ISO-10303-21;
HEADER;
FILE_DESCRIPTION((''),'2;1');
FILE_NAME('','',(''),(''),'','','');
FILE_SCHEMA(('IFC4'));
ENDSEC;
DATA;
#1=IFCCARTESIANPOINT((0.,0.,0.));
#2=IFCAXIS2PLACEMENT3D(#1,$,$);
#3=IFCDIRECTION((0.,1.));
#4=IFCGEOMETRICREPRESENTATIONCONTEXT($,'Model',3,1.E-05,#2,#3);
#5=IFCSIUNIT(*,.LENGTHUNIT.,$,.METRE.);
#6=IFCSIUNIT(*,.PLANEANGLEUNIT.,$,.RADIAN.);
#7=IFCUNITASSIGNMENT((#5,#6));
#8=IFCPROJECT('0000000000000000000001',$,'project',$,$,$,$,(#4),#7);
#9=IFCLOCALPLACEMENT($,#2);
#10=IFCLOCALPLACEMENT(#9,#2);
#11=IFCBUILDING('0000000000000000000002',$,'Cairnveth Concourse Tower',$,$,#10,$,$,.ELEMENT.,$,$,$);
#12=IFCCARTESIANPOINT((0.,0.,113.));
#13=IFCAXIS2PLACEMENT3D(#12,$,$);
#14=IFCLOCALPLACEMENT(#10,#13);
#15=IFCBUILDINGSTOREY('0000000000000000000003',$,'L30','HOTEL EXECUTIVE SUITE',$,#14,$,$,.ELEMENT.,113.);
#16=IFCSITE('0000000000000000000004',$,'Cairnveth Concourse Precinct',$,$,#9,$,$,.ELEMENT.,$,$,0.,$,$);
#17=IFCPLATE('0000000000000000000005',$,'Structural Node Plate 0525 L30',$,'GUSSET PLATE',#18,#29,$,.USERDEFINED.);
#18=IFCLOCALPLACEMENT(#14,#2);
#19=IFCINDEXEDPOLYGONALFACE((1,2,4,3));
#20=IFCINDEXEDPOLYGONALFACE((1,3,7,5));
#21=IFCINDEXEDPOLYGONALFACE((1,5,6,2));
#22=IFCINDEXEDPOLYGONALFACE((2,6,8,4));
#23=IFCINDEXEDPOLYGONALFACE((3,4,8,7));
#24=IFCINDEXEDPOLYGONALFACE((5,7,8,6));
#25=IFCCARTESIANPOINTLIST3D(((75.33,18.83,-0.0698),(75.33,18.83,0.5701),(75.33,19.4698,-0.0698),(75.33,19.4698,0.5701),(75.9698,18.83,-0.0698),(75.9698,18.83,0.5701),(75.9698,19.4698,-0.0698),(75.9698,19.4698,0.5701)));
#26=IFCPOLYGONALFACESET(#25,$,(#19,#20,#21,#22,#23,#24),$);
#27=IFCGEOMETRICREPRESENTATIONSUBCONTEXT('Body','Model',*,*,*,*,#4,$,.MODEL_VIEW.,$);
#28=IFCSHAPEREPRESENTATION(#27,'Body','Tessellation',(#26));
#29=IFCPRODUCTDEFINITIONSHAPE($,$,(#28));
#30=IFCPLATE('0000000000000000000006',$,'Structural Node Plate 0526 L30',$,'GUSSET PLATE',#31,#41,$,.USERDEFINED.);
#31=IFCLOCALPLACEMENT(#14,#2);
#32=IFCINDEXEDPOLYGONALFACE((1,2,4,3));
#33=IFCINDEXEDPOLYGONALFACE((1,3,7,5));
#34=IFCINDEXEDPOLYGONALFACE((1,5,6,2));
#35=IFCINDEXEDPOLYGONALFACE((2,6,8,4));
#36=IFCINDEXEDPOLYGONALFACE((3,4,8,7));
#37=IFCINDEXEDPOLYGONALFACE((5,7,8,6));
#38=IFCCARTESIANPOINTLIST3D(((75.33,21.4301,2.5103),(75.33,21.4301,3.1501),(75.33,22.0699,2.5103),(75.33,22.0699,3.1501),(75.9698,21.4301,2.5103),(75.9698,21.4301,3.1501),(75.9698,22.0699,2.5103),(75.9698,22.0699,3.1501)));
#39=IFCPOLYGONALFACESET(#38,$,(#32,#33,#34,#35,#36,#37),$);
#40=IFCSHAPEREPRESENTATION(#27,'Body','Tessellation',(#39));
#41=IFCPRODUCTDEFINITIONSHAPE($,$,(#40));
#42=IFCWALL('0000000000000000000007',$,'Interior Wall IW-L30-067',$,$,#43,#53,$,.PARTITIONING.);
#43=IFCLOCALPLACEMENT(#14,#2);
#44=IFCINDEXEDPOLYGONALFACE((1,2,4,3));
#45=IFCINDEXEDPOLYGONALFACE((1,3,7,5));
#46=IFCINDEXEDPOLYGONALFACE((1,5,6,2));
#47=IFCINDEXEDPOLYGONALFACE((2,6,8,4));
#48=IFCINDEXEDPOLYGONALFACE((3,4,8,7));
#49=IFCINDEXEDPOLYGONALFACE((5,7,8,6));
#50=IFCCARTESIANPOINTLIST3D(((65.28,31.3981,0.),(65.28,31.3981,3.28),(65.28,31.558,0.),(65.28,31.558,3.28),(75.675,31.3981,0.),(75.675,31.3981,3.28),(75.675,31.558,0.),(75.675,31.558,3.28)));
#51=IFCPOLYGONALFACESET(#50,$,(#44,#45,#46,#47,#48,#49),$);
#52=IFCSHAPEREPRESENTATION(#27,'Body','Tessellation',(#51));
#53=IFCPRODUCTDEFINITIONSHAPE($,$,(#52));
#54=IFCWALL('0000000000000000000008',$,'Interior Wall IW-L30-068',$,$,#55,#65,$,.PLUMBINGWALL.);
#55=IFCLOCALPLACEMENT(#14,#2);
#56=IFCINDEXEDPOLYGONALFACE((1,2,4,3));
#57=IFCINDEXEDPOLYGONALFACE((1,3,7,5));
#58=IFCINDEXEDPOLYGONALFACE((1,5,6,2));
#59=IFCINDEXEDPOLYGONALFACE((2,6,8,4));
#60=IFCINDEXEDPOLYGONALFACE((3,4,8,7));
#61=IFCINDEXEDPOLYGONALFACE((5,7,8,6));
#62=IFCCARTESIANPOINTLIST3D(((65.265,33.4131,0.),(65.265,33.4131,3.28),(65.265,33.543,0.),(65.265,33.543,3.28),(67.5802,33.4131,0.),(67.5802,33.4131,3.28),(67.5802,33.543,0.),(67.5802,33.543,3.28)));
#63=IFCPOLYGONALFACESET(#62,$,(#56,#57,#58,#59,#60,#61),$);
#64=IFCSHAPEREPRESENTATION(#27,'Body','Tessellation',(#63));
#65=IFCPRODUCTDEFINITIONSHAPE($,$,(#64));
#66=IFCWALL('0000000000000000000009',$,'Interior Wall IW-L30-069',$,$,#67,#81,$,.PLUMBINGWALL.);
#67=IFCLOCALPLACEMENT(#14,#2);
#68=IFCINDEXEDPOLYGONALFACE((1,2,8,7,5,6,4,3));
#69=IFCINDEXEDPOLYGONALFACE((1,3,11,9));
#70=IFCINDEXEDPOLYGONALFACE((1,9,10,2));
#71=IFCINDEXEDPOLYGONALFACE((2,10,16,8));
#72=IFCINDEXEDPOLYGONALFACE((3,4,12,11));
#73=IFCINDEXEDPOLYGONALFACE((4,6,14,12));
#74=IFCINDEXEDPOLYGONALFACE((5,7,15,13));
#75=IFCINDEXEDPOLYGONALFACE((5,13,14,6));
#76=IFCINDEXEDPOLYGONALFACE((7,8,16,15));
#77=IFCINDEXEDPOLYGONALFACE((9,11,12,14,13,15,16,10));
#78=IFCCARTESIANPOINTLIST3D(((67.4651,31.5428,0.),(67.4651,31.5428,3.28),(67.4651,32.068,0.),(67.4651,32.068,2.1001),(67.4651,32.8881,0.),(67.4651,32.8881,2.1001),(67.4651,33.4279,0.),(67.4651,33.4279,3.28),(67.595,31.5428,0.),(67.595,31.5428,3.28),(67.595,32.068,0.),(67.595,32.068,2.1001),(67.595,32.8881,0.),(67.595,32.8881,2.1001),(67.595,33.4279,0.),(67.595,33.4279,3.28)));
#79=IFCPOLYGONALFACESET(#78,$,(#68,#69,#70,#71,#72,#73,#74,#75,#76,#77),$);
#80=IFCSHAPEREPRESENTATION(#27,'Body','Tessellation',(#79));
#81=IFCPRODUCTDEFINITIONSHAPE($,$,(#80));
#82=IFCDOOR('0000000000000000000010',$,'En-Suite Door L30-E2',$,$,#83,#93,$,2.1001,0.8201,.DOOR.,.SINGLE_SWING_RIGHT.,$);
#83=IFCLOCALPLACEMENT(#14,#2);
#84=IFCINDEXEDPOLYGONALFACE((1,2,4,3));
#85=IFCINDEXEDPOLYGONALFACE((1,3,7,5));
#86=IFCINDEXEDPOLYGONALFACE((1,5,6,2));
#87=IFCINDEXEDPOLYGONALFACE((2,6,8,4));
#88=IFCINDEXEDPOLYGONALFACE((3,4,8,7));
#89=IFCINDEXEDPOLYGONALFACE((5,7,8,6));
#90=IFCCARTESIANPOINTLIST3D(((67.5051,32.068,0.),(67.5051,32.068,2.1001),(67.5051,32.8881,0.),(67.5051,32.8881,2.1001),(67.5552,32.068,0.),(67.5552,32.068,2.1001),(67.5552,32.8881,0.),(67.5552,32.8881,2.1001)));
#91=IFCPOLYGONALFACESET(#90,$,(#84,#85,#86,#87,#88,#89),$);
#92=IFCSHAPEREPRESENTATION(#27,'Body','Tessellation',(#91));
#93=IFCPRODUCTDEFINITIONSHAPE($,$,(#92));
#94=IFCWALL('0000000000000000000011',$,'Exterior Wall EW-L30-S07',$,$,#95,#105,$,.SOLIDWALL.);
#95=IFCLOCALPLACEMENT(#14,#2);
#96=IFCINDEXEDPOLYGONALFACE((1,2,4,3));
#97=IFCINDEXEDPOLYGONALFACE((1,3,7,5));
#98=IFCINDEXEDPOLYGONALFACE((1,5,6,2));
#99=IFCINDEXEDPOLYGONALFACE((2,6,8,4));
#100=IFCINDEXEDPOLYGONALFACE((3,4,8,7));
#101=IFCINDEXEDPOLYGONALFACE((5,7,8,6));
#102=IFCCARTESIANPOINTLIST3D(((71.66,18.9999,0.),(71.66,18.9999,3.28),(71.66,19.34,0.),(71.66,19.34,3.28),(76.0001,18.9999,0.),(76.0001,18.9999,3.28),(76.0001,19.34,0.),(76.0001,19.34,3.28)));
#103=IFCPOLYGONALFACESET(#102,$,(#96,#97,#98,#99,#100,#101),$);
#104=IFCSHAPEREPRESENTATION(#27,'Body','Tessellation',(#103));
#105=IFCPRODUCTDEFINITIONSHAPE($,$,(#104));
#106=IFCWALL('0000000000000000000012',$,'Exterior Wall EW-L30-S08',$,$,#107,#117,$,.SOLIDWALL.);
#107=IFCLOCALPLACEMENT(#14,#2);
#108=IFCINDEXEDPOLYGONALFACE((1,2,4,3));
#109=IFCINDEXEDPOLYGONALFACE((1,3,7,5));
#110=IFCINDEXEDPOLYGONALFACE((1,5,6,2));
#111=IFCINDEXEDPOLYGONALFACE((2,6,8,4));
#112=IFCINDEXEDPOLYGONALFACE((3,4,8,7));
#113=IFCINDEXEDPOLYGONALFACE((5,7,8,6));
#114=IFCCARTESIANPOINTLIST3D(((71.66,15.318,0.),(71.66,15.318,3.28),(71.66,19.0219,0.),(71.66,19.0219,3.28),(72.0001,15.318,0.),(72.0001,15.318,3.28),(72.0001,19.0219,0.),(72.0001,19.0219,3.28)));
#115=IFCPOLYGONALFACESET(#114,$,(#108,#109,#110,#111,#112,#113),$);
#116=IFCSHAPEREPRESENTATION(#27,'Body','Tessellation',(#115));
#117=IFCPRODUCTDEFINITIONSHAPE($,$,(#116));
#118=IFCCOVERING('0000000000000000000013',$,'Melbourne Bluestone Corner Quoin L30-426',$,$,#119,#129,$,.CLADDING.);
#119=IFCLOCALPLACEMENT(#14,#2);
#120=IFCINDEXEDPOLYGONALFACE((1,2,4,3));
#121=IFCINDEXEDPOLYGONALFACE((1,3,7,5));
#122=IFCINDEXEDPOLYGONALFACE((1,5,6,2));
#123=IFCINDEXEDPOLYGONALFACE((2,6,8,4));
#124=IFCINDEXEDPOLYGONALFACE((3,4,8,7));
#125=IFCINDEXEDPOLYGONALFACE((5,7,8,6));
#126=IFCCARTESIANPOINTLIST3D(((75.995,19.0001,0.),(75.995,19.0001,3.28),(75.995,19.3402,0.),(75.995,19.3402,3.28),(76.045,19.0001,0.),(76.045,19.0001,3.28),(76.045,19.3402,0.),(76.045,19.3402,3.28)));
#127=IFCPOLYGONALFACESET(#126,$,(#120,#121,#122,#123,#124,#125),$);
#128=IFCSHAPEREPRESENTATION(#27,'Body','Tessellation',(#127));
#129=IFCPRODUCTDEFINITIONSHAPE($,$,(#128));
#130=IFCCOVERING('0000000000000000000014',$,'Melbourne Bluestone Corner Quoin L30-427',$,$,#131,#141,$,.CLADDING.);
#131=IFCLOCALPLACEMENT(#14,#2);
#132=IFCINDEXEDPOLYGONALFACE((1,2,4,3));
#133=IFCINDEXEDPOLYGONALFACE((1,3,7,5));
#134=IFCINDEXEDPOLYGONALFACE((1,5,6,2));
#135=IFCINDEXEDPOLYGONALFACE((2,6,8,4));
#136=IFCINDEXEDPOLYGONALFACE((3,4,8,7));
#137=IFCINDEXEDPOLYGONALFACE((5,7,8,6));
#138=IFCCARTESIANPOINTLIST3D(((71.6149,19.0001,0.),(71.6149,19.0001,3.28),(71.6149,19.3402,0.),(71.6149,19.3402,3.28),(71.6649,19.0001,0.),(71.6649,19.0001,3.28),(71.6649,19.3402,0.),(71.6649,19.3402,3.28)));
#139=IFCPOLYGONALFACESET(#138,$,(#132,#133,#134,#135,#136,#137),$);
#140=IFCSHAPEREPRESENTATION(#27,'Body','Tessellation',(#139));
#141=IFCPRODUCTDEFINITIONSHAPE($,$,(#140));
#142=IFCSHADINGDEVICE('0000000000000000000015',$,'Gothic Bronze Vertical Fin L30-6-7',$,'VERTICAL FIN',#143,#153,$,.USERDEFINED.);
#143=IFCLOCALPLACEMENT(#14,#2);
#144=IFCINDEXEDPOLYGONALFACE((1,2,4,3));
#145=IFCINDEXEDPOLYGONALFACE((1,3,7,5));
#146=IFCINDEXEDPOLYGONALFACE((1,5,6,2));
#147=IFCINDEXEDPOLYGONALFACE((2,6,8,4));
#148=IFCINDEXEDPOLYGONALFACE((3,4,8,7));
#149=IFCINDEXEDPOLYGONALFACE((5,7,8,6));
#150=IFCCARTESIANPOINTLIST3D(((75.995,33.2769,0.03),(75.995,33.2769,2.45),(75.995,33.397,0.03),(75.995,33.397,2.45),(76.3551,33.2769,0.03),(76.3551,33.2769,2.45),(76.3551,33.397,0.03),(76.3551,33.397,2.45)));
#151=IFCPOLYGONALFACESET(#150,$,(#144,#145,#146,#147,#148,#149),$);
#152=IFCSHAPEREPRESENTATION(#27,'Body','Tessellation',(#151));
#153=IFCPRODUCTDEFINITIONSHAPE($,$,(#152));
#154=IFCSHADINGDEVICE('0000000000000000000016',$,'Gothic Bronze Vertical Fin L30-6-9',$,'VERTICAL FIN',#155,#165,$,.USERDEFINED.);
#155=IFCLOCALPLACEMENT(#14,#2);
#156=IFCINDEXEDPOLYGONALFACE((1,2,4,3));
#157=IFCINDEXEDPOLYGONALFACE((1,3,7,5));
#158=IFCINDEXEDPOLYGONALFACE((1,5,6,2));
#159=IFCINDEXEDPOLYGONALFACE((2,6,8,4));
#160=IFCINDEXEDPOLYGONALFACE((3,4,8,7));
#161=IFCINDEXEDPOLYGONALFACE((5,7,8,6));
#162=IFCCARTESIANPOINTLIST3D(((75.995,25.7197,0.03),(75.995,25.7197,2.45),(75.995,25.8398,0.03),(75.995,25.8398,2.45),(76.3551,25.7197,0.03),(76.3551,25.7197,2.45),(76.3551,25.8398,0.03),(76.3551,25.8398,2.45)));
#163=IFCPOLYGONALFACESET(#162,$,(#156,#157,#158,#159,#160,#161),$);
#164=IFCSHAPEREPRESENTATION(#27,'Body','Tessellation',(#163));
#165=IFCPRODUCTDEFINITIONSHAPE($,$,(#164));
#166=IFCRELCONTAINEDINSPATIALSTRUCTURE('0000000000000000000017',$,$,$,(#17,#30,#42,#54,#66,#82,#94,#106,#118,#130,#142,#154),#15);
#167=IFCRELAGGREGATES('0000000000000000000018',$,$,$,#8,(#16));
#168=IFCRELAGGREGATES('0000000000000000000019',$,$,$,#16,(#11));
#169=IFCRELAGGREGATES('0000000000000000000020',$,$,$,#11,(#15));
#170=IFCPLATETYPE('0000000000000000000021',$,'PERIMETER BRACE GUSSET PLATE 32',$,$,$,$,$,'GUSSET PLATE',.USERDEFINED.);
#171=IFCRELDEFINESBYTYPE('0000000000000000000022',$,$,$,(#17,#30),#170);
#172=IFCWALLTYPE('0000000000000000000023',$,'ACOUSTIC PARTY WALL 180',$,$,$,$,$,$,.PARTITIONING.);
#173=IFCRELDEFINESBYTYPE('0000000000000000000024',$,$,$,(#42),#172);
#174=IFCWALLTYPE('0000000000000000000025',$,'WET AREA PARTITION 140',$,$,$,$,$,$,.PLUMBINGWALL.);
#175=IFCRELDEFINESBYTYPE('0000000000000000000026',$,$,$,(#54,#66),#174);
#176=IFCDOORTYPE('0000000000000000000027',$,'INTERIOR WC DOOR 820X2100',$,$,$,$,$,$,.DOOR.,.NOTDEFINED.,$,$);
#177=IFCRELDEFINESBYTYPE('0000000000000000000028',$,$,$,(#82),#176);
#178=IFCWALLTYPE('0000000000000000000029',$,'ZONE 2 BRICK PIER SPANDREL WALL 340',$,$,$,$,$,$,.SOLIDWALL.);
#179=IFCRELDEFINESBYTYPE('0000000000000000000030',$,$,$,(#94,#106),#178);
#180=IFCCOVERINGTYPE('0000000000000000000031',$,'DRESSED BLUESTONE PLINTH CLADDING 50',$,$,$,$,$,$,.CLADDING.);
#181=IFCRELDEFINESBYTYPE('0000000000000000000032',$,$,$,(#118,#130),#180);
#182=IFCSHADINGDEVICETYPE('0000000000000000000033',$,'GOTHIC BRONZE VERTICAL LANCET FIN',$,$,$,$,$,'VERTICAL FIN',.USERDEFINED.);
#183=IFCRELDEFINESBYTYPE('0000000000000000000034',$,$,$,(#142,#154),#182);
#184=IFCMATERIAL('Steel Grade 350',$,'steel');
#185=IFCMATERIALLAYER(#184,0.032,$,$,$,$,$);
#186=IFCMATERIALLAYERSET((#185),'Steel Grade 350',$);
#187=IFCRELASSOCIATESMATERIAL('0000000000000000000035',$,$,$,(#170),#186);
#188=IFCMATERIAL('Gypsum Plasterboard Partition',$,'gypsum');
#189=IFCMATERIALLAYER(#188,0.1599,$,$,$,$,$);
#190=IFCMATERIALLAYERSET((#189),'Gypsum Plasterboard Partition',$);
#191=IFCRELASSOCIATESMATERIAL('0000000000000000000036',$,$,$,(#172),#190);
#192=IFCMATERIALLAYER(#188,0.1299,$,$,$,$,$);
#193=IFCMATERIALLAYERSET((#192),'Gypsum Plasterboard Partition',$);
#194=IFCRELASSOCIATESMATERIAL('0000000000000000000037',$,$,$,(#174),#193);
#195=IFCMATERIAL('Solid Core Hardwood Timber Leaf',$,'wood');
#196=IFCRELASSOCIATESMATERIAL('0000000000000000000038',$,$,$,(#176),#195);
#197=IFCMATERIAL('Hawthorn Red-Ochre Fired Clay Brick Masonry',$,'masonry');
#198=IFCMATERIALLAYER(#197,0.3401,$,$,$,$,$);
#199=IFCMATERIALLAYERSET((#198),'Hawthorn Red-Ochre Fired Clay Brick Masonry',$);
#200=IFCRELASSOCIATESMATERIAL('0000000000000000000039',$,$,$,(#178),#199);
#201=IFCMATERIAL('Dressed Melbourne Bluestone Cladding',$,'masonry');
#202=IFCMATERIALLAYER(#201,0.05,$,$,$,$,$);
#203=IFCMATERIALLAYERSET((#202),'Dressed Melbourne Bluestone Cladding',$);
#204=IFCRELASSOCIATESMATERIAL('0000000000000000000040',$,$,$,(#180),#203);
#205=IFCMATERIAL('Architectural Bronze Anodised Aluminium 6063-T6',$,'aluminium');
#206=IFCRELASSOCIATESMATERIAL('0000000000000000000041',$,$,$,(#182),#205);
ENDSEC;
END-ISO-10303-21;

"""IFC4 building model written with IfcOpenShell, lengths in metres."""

from ifc_helpers import new_model, si_unit, direction, frame, frame_2d, origin, origin_2d, place, context, subcontext, project, spatial, rectangle, extrude, material, layer, layer_set, type_object, element, fill, save


model = new_model("IFC4")

# Units and contexts
model_context = context("Model", 3, precision=1e-05, world=origin(), true_north=direction((0.0, 1.0)))
body_context = subcontext(model_context, "Body", "Model", "MODEL_VIEW")
ifc_project = project(units=[si_unit("LENGTHUNIT", "METRE"), si_unit("PLANEANGLEUNIT", "RADIAN")], contexts=[model_context])

# Site, building, storey
site_placement = place(None, origin())
site = spatial("IfcSite", under=ifc_project, at=site_placement, Name="Cairnveth Concourse Precinct", CompositionType="ELEMENT", RefElevation=0.0)
building_placement = place(site_placement, origin())
building = spatial("IfcBuilding", under=site, at=building_placement, Name="Cairnveth Concourse Tower", CompositionType="ELEMENT")
storey_placement = place(building_placement, frame((0.0, 0.0, 113.0)))
storey = spatial("IfcBuildingStorey", under=building, at=storey_placement, Name="L30", Description="HOTEL EXECUTIVE SUITE", CompositionType="ELEMENT", Elevation=113.0)

# Shared definitions
ifc_material_1 = material(Name="Steel Grade 350", Category="steel")

# Plates
ifc_layer_1 = layer(ifc_material_1, 0.032)
ifc_layer_set_1 = layer_set([ifc_layer_1], Name="Steel Grade 350")
plate_type = type_object("IfcPlateType", Name="PERIMETER BRACE GUSSET PLATE 32", ElementType="GUSSET PLATE", PredefinedType="USERDEFINED", material=ifc_layer_set_1)
for number, where, z_axis, x_axis, name in (
    (1, (75.6499, 19.1499, -0.0698), (0.0, 0.0, 1.0), (1.0, 0.0, 0.0), "Structural Node Plate 0525 L30"),
    (2, (75.6499, 21.75, 2.5103), (0.0, 0.0, 1.0), (1.0, 0.0, 0.0), "Structural Node Plate 0526 L30"),
):
    element("IfcPlate", number, at=place(storey_placement, frame(where, z_axis=z_axis, x_axis=x_axis)), inside=storey, type_object=plate_type, Name=name, ObjectType="GUSSET PLATE", PredefinedType="USERDEFINED", context=body_context, shape_type="SweptSolid", body=[
        extrude(rectangle(XDim=0.6399, YDim=0.6399, at=origin_2d()), origin(), (0.0, 0.0, 1.0), 0.6399),
    ])

# Walls
ifc_material_2 = material(Name="Gypsum Plasterboard Partition", Category="gypsum")
ifc_layer_2 = layer(ifc_material_2, 0.1599)
ifc_layer_set_2 = layer_set([ifc_layer_2], Name="Gypsum Plasterboard Partition")
wall_type_1 = type_object("IfcWallType", Name="ACOUSTIC PARTY WALL 180", PredefinedType="PARTITIONING", material=ifc_layer_set_2)
wall_1_placement = place(storey_placement, frame((65.28, 31.478, 0.0), z_axis=(0.0, 0.0, 1.0), x_axis=(1.0, 0.0, 0.0)))
element("IfcWall", 3, at=wall_1_placement, inside=storey, type_object=wall_type_1, Name="Interior Wall IW-L30-067", PredefinedType="PARTITIONING", context=body_context, shape_type="SweptSolid", body=[
    extrude(rectangle(XDim=10.395, YDim=0.1599, at=frame_2d((5.1975, 0.0))), origin(), (0.0, 0.0, 1.0), 3.28),
])
ifc_layer_3 = layer(ifc_material_2, 0.1299)
ifc_layer_set_3 = layer_set([ifc_layer_3], Name="Gypsum Plasterboard Partition")
wall_type_2 = type_object("IfcWallType", Name="WET AREA PARTITION 140", PredefinedType="PLUMBINGWALL", material=ifc_layer_set_3)
wall_2_placement = place(storey_placement, frame((65.2649, 33.478, 0.0), z_axis=(0.0, 0.0, 1.0), x_axis=(1.0, 0.0, 0.0)))
element("IfcWall", 4, at=wall_2_placement, inside=storey, type_object=wall_type_2, Name="Interior Wall IW-L30-068", PredefinedType="PLUMBINGWALL", context=body_context, shape_type="SweptSolid", body=[
    extrude(rectangle(XDim=2.3152, YDim=0.1299, at=frame_2d((1.1577, 0.0))), origin(), (0.0, 0.0, 1.0), 3.28),
])

# Wall, opening, door
wall_3_placement = place(storey_placement, frame((67.53, 31.543, 0.0), z_axis=(0.0, 0.0, 1.0), x_axis=(0.0, 1.0, 0.0)))
wall_3 = element("IfcWall", 5, at=wall_3_placement, inside=storey, type_object=wall_type_2, Name="Interior Wall IW-L30-069", PredefinedType="PLUMBINGWALL", context=body_context, shape_type="SweptSolid", body=[
    extrude(rectangle(XDim=1.885, YDim=0.1299, at=frame_2d((0.9424, 0.0))), origin(), (0.0, 0.0, 1.0), 3.28),
])
opening_placement = place(wall_3_placement, frame((0.5249, 0.0, 0.0)))
opening = element("IfcOpeningElement", 6, at=opening_placement, cuts=wall_3, PredefinedType="OPENING", context=body_context, shape_type="SweptSolid", body=[
    extrude(rectangle(XDim=0.8201, YDim=2.1001, at=frame_2d((0.4102, 1.05))), frame((0.0, 0.075, 0.0), z_axis=(0.0, -1.0, 0.0), x_axis=(1.0, 0.0, 0.0)), (0.0, 0.0, 1.0), 0.1499),
])
ifc_material_3 = material(Name="Solid Core Hardwood Timber Leaf", Category="wood")
door_type = type_object("IfcDoorType", Name="INTERIOR WC DOOR 820X2100", OperationType="NOTDEFINED", PredefinedType="DOOR", material=ifc_material_3)
door_placement = place(opening_placement, origin())
door = element("IfcDoor", 7, at=door_placement, inside=storey, type_object=door_type, Name="En-Suite Door L30-E2", OperationType="SINGLE_SWING_RIGHT", OverallHeight=2.1001, OverallWidth=0.8201, PredefinedType="DOOR", context=body_context, shape_type="SweptSolid", body=[
    extrude(rectangle(XDim=0.8201, YDim=2.1001, at=frame_2d((0.4102, 1.05))), frame((0.0, 0.0249, 0.0), z_axis=(0.0, -1.0, 0.0), x_axis=(1.0, 0.0, 0.0)), (0.0, 0.0, 1.0), 0.05),
])
fill(opening, door)

# Walls
ifc_material_4 = material(Name="Hawthorn Red-Ochre Fired Clay Brick Masonry", Category="masonry")
ifc_layer_4 = layer(ifc_material_4, 0.3401)
ifc_layer_set_4 = layer_set([ifc_layer_4], Name="Hawthorn Red-Ochre Fired Clay Brick Masonry")
wall_type_3 = type_object("IfcWallType", Name="ZONE 2 BRICK PIER SPANDREL WALL 340", PredefinedType="SOLIDWALL", material=ifc_layer_set_4)
wall_4_placement = place(storey_placement, frame((76.0, 19.1699, 0.0), z_axis=(0.0, 0.0, 1.0), x_axis=(-1.0, 0.0, 0.0)))
element("IfcWall", 8, at=wall_4_placement, inside=storey, type_object=wall_type_3, Name="Exterior Wall EW-L30-S07", PredefinedType="SOLIDWALL", context=body_context, shape_type="SweptSolid", body=[
    extrude(rectangle(XDim=4.3401, YDim=0.3401, at=frame_2d((2.1699, 0.0))), origin(), (0.0, 0.0, 1.0), 3.28),
])
wall_5_placement = place(storey_placement, frame((71.8301, 19.022, 0.0), z_axis=(0.0, 0.0, 1.0), x_axis=(0.0, -1.0, 0.0)))
element("IfcWall", 9, at=wall_5_placement, inside=storey, type_object=wall_type_3, Name="Exterior Wall EW-L30-S08", PredefinedType="SOLIDWALL", context=body_context, shape_type="SweptSolid", body=[
    extrude(rectangle(XDim=3.7039, YDim=0.3401, at=frame_2d((1.8521, 0.0))), origin(), (0.0, 0.0, 1.0), 3.28),
])

# Coverings
ifc_material_5 = material(Name="Dressed Melbourne Bluestone Cladding", Category="masonry")
ifc_layer_5 = layer(ifc_material_5, 0.05)
ifc_layer_set_5 = layer_set([ifc_layer_5], Name="Dressed Melbourne Bluestone Cladding")
covering_type = type_object("IfcCoveringType", Name="DRESSED BLUESTONE PLINTH CLADDING 50", PredefinedType="CLADDING", material=ifc_layer_set_5)
for number, where, z_axis, x_axis, name in (
    (10, (76.02, 19.3401, 0.0), (0.0, 0.0, 1.0), (0.0, -1.0, 0.0), "Melbourne Bluestone Corner Quoin L30-426"),
    (11, (71.6399, 19.3401, 0.0), (0.0, 0.0, 1.0), (0.0, -1.0, 0.0), "Melbourne Bluestone Corner Quoin L30-427"),
):
    element("IfcCovering", number, at=place(storey_placement, frame(where, z_axis=z_axis, x_axis=x_axis)), inside=storey, type_object=covering_type, Name=name, PredefinedType="CLADDING", context=body_context, shape_type="SweptSolid", body=[
        extrude(rectangle(XDim=0.3401, YDim=0.05, at=frame_2d((0.1699, 0.0))), origin(), (0.0, 0.0, 1.0), 3.28),
    ])

# Shading devices
ifc_material_6 = material(Name="Architectural Bronze Anodised Aluminium 6063-T6", Category="aluminium")
shading_device_type = type_object("IfcShadingDeviceType", Name="GOTHIC BRONZE VERTICAL LANCET FIN", ElementType="VERTICAL FIN", PredefinedType="USERDEFINED", material=ifc_material_6)
for number, where, z_axis, x_axis, name in (
    (12, (76.175, 33.3369, 0.03), (0.0, 0.0, 1.0), (0.0, 1.0, 0.0), "Gothic Bronze Vertical Fin L30-6-7"),
    (13, (76.175, 25.7798, 0.03), (0.0, 0.0, 1.0), (0.0, 1.0, 0.0), "Gothic Bronze Vertical Fin L30-6-9"),
):
    element("IfcShadingDevice", number, at=place(storey_placement, frame(where, z_axis=z_axis, x_axis=x_axis)), inside=storey, type_object=shading_device_type, Name=name, ObjectType="VERTICAL FIN", PredefinedType="USERDEFINED", context=body_context, shape_type="SweptSolid", body=[
        extrude(rectangle(XDim=0.1201, YDim=0.3601, at=origin_2d()), origin(), (0.0, 0.0, 1.0), 2.4199),
    ])

save(model, "model.ifc")
